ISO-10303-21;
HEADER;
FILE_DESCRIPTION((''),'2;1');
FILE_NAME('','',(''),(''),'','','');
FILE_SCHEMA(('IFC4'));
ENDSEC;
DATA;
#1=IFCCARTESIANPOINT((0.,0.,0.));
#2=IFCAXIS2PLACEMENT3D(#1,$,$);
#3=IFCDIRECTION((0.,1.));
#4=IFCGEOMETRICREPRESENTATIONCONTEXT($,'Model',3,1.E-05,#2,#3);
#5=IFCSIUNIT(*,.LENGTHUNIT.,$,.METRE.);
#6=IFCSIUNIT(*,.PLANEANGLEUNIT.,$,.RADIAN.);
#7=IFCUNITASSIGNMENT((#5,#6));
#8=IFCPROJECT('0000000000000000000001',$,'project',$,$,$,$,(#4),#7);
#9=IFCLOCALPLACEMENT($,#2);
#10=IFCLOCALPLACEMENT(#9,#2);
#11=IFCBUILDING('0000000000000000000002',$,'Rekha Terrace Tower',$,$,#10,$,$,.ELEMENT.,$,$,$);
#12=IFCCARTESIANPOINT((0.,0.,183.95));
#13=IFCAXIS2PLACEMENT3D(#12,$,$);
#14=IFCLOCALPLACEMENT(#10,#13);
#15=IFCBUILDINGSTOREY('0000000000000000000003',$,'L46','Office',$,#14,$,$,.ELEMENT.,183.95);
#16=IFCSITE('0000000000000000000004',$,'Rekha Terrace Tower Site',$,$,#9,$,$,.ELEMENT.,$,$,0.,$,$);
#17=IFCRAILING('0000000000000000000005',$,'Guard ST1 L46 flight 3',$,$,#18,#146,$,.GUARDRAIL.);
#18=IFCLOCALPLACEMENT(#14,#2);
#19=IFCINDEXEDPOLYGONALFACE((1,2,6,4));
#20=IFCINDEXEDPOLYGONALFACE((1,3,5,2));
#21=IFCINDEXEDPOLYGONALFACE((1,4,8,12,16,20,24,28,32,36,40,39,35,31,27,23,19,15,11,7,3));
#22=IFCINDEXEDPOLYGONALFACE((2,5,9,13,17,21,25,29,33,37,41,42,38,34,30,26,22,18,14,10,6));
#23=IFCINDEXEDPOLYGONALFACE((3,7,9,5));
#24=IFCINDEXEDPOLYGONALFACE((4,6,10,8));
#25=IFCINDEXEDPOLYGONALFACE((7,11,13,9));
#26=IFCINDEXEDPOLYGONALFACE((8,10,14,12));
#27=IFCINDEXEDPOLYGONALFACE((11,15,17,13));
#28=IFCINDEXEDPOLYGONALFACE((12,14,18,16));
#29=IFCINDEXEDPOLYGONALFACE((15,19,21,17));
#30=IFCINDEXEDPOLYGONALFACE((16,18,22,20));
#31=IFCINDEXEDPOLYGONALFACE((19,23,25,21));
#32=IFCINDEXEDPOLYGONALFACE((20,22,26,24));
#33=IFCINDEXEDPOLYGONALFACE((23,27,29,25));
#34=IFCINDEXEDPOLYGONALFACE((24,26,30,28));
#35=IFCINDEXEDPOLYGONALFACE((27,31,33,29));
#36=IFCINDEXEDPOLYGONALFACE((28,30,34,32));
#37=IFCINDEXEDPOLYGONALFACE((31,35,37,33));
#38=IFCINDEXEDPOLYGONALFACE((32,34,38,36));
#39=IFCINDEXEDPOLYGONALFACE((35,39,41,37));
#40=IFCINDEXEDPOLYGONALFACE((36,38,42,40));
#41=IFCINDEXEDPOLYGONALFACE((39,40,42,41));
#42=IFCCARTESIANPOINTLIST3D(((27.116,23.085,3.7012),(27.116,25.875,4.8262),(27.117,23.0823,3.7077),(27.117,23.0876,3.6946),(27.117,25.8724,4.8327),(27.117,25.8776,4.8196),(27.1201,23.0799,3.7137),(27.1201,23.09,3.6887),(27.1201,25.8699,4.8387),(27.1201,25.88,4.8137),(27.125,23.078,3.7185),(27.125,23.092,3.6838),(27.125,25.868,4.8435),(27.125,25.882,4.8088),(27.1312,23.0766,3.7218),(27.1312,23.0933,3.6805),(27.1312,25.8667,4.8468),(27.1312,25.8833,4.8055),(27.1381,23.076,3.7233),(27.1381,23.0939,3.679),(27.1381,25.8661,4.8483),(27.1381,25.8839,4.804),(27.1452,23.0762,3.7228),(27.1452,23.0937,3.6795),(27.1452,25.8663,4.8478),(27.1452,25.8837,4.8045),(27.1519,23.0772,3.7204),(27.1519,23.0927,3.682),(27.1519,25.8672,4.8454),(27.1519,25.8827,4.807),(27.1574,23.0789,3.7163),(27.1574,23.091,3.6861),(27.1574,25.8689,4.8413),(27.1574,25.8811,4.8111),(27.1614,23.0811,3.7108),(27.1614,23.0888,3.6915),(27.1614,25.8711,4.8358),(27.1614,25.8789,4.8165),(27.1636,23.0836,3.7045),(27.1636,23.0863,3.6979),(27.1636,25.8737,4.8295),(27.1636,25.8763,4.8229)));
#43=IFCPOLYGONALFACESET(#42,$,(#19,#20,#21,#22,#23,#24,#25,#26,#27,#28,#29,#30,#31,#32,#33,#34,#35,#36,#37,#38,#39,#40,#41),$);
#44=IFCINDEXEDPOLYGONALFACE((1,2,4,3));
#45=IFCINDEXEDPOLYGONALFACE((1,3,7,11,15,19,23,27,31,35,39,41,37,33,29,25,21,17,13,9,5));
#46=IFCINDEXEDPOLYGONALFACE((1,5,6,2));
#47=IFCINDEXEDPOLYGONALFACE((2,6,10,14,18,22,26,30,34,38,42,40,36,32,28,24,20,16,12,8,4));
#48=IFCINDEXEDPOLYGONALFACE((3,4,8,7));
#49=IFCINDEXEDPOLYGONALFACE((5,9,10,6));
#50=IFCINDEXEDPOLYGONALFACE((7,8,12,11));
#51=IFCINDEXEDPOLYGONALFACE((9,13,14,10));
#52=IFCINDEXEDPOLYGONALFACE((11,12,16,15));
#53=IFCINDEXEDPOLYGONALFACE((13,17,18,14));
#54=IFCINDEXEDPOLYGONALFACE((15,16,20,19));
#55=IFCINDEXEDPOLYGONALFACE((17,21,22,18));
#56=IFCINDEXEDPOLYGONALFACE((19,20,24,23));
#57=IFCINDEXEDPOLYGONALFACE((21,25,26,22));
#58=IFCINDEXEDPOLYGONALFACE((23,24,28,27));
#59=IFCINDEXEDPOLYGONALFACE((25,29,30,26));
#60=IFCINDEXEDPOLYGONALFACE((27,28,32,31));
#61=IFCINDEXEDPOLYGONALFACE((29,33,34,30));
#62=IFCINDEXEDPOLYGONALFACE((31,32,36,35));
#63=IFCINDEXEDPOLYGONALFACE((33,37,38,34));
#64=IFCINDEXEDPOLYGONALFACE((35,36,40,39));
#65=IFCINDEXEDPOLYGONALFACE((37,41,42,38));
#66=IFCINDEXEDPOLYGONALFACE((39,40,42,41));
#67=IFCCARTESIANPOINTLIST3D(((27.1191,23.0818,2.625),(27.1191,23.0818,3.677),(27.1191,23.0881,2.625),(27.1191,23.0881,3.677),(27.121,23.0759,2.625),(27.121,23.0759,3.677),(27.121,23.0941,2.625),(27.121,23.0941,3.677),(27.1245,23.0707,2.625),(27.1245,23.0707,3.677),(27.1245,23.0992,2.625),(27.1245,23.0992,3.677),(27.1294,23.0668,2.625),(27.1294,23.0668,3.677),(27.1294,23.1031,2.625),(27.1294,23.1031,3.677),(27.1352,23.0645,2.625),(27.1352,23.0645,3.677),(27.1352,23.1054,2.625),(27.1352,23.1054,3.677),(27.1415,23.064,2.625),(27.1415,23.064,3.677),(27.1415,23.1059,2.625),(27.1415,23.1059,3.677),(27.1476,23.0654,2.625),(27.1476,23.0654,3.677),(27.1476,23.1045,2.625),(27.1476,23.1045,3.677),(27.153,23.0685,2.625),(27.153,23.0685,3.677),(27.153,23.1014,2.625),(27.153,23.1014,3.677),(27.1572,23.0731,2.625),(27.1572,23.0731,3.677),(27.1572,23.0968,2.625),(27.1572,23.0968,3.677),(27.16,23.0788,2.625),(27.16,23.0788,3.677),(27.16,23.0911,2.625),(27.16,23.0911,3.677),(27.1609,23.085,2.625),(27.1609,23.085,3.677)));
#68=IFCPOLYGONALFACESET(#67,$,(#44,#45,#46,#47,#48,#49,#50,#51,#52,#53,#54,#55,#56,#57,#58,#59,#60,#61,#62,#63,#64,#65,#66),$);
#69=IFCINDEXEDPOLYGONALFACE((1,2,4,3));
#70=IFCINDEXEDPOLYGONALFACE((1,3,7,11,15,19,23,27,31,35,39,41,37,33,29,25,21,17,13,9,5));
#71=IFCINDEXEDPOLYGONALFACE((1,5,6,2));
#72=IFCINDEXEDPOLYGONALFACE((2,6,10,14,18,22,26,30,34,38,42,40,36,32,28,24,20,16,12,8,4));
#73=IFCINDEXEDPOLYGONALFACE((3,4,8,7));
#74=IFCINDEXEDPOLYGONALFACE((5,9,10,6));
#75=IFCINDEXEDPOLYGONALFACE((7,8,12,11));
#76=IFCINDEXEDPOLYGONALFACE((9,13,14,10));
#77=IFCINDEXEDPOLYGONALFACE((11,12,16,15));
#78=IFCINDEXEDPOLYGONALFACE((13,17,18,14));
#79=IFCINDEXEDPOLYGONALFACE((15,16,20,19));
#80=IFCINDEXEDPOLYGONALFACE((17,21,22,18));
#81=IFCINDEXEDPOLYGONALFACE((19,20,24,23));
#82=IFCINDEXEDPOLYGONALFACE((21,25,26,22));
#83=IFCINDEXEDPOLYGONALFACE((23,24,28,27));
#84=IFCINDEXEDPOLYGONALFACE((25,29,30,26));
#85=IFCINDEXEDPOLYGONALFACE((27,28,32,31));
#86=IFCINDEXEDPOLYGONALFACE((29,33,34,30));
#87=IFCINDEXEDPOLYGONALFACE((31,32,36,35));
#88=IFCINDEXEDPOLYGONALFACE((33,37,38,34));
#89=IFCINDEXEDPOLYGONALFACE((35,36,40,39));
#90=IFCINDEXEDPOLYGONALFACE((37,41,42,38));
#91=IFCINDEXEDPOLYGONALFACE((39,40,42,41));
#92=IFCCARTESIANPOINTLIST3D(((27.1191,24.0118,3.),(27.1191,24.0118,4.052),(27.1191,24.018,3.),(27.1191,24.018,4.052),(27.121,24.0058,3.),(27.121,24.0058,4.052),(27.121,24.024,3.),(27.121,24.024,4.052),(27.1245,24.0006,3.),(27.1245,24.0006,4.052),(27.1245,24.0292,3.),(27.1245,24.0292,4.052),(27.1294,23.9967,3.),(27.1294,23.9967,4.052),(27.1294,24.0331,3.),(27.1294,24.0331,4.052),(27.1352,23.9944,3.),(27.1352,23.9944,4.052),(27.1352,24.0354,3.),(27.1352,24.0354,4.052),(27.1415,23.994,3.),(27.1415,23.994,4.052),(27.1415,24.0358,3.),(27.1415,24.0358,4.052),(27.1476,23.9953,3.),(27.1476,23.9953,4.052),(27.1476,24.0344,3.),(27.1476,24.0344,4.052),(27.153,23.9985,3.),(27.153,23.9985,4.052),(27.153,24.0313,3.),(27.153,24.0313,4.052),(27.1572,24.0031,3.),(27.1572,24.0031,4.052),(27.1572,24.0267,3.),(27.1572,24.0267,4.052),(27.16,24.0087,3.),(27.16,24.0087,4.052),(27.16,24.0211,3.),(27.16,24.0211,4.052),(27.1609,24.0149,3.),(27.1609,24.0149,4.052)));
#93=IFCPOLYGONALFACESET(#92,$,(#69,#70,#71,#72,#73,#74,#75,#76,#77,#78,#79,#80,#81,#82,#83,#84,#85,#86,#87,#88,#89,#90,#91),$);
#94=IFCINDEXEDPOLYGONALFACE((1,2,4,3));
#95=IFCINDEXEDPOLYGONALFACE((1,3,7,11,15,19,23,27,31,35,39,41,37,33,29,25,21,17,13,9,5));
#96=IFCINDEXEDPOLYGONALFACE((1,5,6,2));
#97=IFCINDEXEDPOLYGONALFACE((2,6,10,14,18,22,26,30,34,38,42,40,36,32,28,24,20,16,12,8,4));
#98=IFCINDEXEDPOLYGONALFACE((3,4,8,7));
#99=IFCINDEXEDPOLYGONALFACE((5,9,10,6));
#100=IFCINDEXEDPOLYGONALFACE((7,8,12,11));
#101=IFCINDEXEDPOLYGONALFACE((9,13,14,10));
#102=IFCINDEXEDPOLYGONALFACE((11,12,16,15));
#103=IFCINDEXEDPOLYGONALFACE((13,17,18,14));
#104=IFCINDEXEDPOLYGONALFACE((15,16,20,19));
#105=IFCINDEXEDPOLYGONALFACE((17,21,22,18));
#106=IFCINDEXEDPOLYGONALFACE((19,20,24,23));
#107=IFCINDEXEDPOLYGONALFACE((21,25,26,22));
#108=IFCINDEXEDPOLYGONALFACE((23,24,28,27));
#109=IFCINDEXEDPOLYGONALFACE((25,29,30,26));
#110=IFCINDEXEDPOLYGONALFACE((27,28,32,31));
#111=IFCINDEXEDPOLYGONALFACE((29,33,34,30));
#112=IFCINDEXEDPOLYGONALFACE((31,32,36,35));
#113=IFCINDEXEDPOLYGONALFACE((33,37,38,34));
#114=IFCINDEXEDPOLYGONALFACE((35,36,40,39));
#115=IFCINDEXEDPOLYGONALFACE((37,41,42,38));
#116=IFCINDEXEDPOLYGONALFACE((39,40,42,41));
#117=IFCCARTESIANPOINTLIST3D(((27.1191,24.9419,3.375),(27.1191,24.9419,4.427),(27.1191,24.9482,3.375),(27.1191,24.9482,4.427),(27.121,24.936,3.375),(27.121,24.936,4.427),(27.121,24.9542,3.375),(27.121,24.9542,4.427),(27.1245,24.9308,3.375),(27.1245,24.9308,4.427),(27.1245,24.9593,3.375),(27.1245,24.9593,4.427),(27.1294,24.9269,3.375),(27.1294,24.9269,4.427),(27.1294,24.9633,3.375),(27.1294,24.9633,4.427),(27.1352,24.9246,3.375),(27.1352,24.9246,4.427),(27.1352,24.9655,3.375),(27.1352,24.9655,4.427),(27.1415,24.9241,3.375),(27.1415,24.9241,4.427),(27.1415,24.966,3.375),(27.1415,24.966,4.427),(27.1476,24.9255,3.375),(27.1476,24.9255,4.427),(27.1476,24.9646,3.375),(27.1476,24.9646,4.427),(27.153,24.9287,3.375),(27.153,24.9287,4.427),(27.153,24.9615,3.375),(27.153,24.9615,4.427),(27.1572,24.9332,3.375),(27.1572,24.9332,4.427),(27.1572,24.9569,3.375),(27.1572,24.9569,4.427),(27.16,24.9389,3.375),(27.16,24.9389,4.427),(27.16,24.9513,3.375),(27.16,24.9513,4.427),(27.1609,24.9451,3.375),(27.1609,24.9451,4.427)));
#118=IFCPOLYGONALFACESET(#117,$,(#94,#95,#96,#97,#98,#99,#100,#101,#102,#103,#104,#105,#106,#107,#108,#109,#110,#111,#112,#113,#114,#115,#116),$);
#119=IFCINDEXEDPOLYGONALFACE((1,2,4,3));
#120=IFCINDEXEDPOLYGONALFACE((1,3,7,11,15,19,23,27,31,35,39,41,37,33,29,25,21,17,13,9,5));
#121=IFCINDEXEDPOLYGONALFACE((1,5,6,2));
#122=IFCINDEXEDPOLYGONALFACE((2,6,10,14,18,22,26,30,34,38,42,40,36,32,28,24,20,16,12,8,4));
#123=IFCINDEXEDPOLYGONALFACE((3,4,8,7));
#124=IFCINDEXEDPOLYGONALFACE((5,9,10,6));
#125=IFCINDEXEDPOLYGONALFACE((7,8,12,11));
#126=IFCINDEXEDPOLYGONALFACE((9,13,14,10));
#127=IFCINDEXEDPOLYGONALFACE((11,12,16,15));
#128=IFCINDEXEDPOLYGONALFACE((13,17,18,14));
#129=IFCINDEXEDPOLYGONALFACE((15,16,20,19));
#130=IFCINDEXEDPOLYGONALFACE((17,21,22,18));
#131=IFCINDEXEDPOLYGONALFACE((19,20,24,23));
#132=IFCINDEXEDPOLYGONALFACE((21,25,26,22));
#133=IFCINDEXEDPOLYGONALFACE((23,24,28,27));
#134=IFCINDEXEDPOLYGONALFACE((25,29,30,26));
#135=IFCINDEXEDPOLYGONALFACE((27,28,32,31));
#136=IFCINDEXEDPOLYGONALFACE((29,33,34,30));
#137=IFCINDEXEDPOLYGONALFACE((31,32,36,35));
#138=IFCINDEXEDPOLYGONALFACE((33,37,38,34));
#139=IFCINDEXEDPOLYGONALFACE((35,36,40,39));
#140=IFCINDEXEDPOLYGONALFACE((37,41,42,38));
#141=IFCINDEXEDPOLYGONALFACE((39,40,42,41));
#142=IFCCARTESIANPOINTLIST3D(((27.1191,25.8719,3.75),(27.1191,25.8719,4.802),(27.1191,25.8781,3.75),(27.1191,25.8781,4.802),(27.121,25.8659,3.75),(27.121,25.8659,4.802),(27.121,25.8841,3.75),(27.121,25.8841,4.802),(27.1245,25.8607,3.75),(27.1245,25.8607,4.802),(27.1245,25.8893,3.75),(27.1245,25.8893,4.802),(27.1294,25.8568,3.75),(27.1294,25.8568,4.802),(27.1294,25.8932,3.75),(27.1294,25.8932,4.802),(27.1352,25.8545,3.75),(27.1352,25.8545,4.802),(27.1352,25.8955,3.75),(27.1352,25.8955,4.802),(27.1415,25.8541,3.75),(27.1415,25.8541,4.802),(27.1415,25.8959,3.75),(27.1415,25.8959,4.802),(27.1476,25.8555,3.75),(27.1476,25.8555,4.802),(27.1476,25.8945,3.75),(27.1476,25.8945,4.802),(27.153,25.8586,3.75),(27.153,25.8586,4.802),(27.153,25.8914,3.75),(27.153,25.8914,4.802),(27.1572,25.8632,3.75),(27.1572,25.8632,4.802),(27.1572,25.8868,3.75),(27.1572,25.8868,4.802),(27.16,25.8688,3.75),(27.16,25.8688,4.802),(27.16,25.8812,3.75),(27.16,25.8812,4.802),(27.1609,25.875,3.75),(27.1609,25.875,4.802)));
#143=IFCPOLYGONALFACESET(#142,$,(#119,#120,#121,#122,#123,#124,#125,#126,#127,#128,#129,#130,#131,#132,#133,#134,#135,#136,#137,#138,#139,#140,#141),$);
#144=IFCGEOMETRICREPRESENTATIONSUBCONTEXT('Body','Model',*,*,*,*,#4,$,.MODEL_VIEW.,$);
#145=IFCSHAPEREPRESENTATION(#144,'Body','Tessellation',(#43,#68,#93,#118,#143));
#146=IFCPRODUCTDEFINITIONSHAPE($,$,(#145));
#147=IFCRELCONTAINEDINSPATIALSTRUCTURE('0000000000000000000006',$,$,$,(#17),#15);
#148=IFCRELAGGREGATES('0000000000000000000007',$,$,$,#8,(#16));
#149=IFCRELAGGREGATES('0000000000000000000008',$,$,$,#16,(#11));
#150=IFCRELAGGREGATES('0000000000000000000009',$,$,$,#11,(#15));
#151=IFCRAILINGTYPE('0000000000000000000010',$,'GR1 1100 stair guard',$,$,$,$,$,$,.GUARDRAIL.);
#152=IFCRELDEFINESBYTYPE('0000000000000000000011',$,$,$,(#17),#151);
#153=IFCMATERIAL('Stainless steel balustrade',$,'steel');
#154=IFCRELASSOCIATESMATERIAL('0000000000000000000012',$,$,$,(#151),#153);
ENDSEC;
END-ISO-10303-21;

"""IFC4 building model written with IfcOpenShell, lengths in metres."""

from ifc_helpers import new_model, si_unit, direction, frame, origin, origin_2d, place, context, subcontext, project, spatial, circle, extrude, material, type_object, element, save


model = new_model("IFC4")

# Units and contexts
model_context = context("Model", 3, precision=1e-05, world=origin(), true_north=direction((0.0, 1.0)))
body_context = subcontext(model_context, "Body", "Model", "MODEL_VIEW")
ifc_project = project(units=[si_unit("LENGTHUNIT", "METRE"), si_unit("PLANEANGLEUNIT", "RADIAN")], contexts=[model_context])

# Site, building, storey
site_placement = place(None, origin())
site = spatial("IfcSite", under=ifc_project, at=site_placement, Name="Rekha Terrace Tower Site", CompositionType="ELEMENT", RefElevation=0.0)
building_placement = place(site_placement, origin())
building = spatial("IfcBuilding", under=site, at=building_placement, Name="Rekha Terrace Tower", CompositionType="ELEMENT")
storey_placement = place(building_placement, frame((0.0, 0.0, 183.95)))
storey = spatial("IfcBuildingStorey", under=building, at=storey_placement, Name="L46", Description="Office", CompositionType="ELEMENT", Elevation=183.95)

# Railing
ifc_material_1 = material(Name="Stainless steel balustrade", Category="steel")
railing_type_1 = type_object("IfcRailingType", Name="GR1 1100 stair guard", PredefinedType="GUARDRAIL", material=ifc_material_1)
railing_1_placement = place(storey_placement, frame((27.1399, 23.085, 2.625)))
element("IfcRailing", 1, at=railing_1_placement, inside=storey, type_object=railing_type_1, Name="Guard ST1 L46 flight 3", PredefinedType="GUARDRAIL", context=body_context, shape_type="SweptSolid", body=[
    extrude(circle(Radius=0.0239, at=origin_2d()), frame((0.0, 0.0, 1.0762), z_axis=(0.0, 0.927443, 0.373964), x_axis=(-1.0, 0.0, 0.0)), (0.0, 0.0, 1.0), 3.0083),
    extrude(circle(Radius=0.021, at=origin_2d()), origin(), (0.0, 0.0, 1.0), 1.052),
    extrude(circle(Radius=0.021, at=origin_2d()), frame((0.0, 0.9299, 0.375)), (0.0, 0.0, 1.0), 1.052),
    extrude(circle(Radius=0.021, at=origin_2d()), frame((0.0, 1.8601, 0.75)), (0.0, 0.0, 1.0), 1.052),
    extrude(circle(Radius=0.021, at=origin_2d()), frame((0.0, 2.79, 1.125)), (0.0, 0.0, 1.0), 1.052),
])

save(model, "model.ifc")
